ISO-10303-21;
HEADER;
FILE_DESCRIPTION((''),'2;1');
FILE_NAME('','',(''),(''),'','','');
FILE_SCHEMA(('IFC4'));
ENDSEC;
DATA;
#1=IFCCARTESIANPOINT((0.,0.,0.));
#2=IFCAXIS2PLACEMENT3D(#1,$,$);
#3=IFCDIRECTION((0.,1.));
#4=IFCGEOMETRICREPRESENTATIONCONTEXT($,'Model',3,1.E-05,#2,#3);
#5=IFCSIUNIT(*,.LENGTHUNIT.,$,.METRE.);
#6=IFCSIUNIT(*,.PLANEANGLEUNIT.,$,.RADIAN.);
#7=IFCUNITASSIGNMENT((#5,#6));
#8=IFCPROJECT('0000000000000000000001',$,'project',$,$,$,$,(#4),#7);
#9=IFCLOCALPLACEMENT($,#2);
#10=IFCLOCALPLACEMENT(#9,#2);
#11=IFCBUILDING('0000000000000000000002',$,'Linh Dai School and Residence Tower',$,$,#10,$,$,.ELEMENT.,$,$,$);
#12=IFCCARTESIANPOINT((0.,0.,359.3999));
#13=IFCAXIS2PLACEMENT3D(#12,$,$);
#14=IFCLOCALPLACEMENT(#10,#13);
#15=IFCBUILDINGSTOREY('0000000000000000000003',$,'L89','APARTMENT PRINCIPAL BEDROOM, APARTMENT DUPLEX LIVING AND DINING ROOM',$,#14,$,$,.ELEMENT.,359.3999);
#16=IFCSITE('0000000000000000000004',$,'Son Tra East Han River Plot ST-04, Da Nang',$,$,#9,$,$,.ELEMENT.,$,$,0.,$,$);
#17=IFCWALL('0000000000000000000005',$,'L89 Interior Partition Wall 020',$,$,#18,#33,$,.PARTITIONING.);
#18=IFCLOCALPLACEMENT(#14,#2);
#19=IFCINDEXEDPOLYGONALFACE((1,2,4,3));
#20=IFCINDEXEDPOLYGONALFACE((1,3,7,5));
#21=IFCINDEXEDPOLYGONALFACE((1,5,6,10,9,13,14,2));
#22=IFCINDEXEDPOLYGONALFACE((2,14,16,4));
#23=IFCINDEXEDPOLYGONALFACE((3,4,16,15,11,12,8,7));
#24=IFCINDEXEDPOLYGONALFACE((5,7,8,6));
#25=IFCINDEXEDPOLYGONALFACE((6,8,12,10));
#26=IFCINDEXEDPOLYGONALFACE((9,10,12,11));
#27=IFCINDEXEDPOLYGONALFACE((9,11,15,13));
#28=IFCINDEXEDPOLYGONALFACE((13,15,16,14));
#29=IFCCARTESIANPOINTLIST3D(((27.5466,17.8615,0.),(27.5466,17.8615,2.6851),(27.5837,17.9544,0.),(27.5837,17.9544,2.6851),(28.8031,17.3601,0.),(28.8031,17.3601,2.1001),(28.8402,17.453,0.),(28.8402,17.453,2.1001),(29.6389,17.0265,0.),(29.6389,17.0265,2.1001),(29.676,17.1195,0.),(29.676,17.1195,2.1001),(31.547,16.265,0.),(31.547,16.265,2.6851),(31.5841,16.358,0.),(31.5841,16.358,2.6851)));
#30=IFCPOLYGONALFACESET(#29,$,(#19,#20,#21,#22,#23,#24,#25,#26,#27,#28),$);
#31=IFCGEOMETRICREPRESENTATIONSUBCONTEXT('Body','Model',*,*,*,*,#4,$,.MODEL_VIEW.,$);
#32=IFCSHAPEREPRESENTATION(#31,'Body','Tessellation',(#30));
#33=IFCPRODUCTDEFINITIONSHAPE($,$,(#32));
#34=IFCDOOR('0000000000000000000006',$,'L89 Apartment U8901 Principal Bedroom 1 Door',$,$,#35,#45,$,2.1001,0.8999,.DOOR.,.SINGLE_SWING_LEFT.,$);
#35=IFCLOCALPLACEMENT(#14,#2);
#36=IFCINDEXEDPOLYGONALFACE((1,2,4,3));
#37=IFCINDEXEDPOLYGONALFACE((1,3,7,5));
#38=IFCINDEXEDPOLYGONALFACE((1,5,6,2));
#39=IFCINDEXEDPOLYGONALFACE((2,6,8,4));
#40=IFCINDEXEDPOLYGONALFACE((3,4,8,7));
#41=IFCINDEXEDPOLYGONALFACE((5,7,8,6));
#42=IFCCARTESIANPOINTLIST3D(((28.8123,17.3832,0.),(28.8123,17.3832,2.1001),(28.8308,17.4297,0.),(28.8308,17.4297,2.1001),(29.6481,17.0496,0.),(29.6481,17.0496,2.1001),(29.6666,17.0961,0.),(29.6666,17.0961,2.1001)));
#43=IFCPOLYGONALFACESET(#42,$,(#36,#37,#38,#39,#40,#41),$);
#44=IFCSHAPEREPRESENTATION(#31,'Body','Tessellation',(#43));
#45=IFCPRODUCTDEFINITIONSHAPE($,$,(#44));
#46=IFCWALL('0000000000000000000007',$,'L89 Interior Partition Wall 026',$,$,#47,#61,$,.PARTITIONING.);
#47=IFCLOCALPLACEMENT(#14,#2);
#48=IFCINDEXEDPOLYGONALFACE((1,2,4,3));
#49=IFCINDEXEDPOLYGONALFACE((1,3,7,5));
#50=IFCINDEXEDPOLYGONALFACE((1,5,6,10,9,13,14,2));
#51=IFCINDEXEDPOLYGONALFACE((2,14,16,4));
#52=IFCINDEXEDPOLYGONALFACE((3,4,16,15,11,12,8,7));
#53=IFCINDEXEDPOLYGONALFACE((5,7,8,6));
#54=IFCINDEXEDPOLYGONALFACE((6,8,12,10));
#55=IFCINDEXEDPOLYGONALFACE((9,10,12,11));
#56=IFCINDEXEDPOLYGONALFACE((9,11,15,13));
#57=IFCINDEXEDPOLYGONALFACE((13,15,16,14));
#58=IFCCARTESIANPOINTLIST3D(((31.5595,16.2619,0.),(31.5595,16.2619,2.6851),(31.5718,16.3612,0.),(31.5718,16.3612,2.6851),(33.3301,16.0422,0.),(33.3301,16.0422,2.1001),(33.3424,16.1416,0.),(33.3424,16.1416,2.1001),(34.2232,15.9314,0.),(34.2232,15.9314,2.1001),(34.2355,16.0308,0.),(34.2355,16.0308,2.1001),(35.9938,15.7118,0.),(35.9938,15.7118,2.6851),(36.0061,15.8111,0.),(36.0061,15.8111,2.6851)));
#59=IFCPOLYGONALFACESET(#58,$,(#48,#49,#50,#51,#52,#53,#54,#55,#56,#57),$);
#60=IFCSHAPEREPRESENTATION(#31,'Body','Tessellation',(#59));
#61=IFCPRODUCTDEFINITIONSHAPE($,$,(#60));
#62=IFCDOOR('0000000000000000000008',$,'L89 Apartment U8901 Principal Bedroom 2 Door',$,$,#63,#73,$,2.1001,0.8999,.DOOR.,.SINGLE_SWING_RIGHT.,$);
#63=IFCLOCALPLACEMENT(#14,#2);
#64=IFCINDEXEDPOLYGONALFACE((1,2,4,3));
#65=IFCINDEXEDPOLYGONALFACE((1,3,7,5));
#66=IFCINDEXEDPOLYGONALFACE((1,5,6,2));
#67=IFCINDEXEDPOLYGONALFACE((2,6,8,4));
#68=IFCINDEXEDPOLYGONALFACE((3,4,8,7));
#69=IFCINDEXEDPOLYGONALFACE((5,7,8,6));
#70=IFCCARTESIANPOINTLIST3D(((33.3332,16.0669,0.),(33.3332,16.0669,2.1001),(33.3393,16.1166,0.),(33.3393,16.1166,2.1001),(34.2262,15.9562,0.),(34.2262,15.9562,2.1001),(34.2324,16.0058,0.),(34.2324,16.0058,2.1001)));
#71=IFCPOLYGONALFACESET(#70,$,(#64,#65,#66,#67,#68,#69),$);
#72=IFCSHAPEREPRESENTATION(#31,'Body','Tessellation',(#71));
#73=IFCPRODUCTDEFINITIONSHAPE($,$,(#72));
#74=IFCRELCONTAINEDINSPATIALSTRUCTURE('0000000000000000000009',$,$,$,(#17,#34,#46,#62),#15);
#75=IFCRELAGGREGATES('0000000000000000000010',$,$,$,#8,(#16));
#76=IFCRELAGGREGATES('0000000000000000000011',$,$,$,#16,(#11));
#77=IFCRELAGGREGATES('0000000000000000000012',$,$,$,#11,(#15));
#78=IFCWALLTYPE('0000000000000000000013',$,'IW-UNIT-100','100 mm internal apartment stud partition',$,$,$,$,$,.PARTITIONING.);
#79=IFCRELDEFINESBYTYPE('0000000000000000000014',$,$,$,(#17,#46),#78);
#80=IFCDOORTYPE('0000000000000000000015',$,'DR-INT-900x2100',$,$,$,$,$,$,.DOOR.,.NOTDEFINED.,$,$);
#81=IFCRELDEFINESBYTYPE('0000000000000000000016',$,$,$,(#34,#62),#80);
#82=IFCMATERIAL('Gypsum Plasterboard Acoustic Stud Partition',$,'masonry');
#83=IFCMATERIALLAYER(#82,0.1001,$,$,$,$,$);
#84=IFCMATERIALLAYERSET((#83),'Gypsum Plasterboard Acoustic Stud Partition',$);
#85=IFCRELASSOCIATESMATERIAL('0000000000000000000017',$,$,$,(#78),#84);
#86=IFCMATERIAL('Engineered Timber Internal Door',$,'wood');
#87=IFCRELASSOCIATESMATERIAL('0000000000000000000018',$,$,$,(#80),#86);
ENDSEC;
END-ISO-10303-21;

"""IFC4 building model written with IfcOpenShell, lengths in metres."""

from ifc_helpers import new_model, si_unit, direction, frame, frame_2d, origin, origin_2d, place, context, subcontext, project, spatial, rectangle, extrude, source, transform, mapped, material, layer, layer_set, type_object, element, fill, save


model = new_model("IFC4")

# Units and contexts
model_context = context("Model", 3, precision=1e-05, world=origin(), true_north=direction((0.0, 1.0)))
body_context = subcontext(model_context, "Body", "Model", "MODEL_VIEW")
ifc_project = project(units=[si_unit("LENGTHUNIT", "METRE"), si_unit("PLANEANGLEUNIT", "RADIAN")], contexts=[model_context])

# Site, building, storey
site_placement = place(None, origin())
site = spatial("IfcSite", under=ifc_project, at=site_placement, Name="Son Tra East Han River Plot ST-04, Da Nang", CompositionType="ELEMENT", RefElevation=0.0)
building_placement = place(site_placement, origin())
building = spatial("IfcBuilding", under=site, at=building_placement, Name="Linh Dai School and Residence Tower", CompositionType="ELEMENT")
storey_placement = place(building_placement, frame((0.0, 0.0, 359.3999)))
storey = spatial("IfcBuildingStorey", under=building, at=storey_placement, Name="L89", Description="APARTMENT PRINCIPAL BEDROOM, APARTMENT DUPLEX LIVING AND DINING ROOM", CompositionType="ELEMENT", Elevation=359.3999)

# Shared definitions
ifc_material_1 = material(Name="Gypsum Plasterboard Acoustic Stud Partition", Category="masonry")
ifc_layer_1 = layer(ifc_material_1, 0.1001)
ifc_layer_set_1 = layer_set([ifc_layer_1], Name="Gypsum Plasterboard Acoustic Stud Partition")
wall_type_1 = type_object("IfcWallType", Name="IW-UNIT-100", Description="100 mm internal apartment stud partition", PredefinedType="PARTITIONING", material=ifc_layer_set_1)

# Walls, openings, doors
wall_1_placement = place(storey_placement, frame((27.5652, 17.908, 0.0), z_axis=(0.0, 0.0, 1.0), x_axis=(0.92877, -0.370658, 0.0)))
wall_1 = element("IfcWall", 1, at=wall_1_placement, inside=storey, type_object=wall_type_1, Name="L89 Interior Partition Wall 020", PredefinedType="PARTITIONING", context=body_context, shape_type="SweptSolid", body=[
    extrude(rectangle(XDim=4.3071, YDim=0.1001, at=frame_2d((2.1536, 0.0))), origin(), (0.0, 0.0, 1.0), 2.6851),
])
opening_1_placement = place(wall_1_placement, frame((1.3528, 0.0, 0.0)))
opening_1 = element("IfcOpeningElement", 2, at=opening_1_placement, cuts=wall_1, PredefinedType="OPENING", context=body_context, shape_type="SweptSolid", body=[
    extrude(rectangle(XDim=0.8999, YDim=2.1001, at=origin_2d()), frame((0.45, 0.0601, 1.05), z_axis=(0.0, -1.0, 0.0), x_axis=(1.0, 0.0, 0.0)), (0.0, 0.0, 1.0), 0.1201),
])
ifc_material_2 = material(Name="Engineered Timber Internal Door", Category="wood")
door_type_1 = type_object("IfcDoorType", Name="DR-INT-900x2100", OperationType="NOTDEFINED", PredefinedType="DOOR", material=ifc_material_2)
shared_shape_1 = source(origin(), body_context, "Body", "SweptSolid", [
    extrude(rectangle(XDim=0.8999, YDim=2.1001, at=origin_2d()), frame((0.45, 0.0249, 1.05), z_axis=(0.0, -1.0, 0.0), x_axis=(1.0, 0.0, 0.0)), (0.0, 0.0, 1.0), 0.05),
])
door_1_placement = place(opening_1_placement, origin())
door_1 = element("IfcDoor", 3, at=door_1_placement, inside=storey, type_object=door_type_1, Name="L89 Apartment U8901 Principal Bedroom 1 Door", OperationType="SINGLE_SWING_LEFT", OverallHeight=2.1001, OverallWidth=0.8999, PredefinedType="DOOR", context=body_context, shape_type="MappedRepresentation", body=[
    mapped(shared_shape_1, transform((0.0, 0.0, 0.0), x_axis=(1.0, 0.0, 0.0), y_axis=(0.0, 1.0, 0.0), z_axis=(0.0, 0.0, 1.0), scale=1.0)),
])
fill(opening_1, door_1)
wall_2_placement = place(storey_placement, frame((31.5657, 16.3115, 0.0), z_axis=(0.0, 0.0, 1.0), x_axis=(0.992394, -0.1231, 0.0)))
wall_2 = element("IfcWall", 4, at=wall_2_placement, inside=storey, type_object=wall_type_1, Name="L89 Interior Partition Wall 026", PredefinedType="PARTITIONING", context=body_context, shape_type="SweptSolid", body=[
    extrude(rectangle(XDim=4.4683, YDim=0.1001, at=frame_2d((2.2341, 0.0))), origin(), (0.0, 0.0, 1.0), 2.6851),
])
opening_2_placement = place(wall_2_placement, frame((1.7842, 0.0, 0.0)))
opening_2 = element("IfcOpeningElement", 5, at=opening_2_placement, cuts=wall_2, PredefinedType="OPENING", context=body_context, shape_type="SweptSolid", body=[
    extrude(rectangle(XDim=0.8999, YDim=2.1001, at=origin_2d()), frame((0.45, 0.0601, 1.05), z_axis=(0.0, -1.0, 0.0), x_axis=(1.0, 0.0, 0.0)), (0.0, 0.0, 1.0), 0.1201),
])
door_2_placement = place(opening_2_placement, origin())
door_2 = element("IfcDoor", 6, at=door_2_placement, inside=storey, type_object=door_type_1, Name="L89 Apartment U8901 Principal Bedroom 2 Door", OperationType="SINGLE_SWING_RIGHT", OverallHeight=2.1001, OverallWidth=0.8999, PredefinedType="DOOR", context=body_context, shape_type="MappedRepresentation", body=[
    mapped(shared_shape_1, transform((0.0, 0.0, 0.0), x_axis=(1.0, 0.0, 0.0), y_axis=(0.0, 1.0, 0.0), z_axis=(0.0, 0.0, 1.0), scale=1.0)),
])
fill(opening_2, door_2)

save(model, "model.ifc")
